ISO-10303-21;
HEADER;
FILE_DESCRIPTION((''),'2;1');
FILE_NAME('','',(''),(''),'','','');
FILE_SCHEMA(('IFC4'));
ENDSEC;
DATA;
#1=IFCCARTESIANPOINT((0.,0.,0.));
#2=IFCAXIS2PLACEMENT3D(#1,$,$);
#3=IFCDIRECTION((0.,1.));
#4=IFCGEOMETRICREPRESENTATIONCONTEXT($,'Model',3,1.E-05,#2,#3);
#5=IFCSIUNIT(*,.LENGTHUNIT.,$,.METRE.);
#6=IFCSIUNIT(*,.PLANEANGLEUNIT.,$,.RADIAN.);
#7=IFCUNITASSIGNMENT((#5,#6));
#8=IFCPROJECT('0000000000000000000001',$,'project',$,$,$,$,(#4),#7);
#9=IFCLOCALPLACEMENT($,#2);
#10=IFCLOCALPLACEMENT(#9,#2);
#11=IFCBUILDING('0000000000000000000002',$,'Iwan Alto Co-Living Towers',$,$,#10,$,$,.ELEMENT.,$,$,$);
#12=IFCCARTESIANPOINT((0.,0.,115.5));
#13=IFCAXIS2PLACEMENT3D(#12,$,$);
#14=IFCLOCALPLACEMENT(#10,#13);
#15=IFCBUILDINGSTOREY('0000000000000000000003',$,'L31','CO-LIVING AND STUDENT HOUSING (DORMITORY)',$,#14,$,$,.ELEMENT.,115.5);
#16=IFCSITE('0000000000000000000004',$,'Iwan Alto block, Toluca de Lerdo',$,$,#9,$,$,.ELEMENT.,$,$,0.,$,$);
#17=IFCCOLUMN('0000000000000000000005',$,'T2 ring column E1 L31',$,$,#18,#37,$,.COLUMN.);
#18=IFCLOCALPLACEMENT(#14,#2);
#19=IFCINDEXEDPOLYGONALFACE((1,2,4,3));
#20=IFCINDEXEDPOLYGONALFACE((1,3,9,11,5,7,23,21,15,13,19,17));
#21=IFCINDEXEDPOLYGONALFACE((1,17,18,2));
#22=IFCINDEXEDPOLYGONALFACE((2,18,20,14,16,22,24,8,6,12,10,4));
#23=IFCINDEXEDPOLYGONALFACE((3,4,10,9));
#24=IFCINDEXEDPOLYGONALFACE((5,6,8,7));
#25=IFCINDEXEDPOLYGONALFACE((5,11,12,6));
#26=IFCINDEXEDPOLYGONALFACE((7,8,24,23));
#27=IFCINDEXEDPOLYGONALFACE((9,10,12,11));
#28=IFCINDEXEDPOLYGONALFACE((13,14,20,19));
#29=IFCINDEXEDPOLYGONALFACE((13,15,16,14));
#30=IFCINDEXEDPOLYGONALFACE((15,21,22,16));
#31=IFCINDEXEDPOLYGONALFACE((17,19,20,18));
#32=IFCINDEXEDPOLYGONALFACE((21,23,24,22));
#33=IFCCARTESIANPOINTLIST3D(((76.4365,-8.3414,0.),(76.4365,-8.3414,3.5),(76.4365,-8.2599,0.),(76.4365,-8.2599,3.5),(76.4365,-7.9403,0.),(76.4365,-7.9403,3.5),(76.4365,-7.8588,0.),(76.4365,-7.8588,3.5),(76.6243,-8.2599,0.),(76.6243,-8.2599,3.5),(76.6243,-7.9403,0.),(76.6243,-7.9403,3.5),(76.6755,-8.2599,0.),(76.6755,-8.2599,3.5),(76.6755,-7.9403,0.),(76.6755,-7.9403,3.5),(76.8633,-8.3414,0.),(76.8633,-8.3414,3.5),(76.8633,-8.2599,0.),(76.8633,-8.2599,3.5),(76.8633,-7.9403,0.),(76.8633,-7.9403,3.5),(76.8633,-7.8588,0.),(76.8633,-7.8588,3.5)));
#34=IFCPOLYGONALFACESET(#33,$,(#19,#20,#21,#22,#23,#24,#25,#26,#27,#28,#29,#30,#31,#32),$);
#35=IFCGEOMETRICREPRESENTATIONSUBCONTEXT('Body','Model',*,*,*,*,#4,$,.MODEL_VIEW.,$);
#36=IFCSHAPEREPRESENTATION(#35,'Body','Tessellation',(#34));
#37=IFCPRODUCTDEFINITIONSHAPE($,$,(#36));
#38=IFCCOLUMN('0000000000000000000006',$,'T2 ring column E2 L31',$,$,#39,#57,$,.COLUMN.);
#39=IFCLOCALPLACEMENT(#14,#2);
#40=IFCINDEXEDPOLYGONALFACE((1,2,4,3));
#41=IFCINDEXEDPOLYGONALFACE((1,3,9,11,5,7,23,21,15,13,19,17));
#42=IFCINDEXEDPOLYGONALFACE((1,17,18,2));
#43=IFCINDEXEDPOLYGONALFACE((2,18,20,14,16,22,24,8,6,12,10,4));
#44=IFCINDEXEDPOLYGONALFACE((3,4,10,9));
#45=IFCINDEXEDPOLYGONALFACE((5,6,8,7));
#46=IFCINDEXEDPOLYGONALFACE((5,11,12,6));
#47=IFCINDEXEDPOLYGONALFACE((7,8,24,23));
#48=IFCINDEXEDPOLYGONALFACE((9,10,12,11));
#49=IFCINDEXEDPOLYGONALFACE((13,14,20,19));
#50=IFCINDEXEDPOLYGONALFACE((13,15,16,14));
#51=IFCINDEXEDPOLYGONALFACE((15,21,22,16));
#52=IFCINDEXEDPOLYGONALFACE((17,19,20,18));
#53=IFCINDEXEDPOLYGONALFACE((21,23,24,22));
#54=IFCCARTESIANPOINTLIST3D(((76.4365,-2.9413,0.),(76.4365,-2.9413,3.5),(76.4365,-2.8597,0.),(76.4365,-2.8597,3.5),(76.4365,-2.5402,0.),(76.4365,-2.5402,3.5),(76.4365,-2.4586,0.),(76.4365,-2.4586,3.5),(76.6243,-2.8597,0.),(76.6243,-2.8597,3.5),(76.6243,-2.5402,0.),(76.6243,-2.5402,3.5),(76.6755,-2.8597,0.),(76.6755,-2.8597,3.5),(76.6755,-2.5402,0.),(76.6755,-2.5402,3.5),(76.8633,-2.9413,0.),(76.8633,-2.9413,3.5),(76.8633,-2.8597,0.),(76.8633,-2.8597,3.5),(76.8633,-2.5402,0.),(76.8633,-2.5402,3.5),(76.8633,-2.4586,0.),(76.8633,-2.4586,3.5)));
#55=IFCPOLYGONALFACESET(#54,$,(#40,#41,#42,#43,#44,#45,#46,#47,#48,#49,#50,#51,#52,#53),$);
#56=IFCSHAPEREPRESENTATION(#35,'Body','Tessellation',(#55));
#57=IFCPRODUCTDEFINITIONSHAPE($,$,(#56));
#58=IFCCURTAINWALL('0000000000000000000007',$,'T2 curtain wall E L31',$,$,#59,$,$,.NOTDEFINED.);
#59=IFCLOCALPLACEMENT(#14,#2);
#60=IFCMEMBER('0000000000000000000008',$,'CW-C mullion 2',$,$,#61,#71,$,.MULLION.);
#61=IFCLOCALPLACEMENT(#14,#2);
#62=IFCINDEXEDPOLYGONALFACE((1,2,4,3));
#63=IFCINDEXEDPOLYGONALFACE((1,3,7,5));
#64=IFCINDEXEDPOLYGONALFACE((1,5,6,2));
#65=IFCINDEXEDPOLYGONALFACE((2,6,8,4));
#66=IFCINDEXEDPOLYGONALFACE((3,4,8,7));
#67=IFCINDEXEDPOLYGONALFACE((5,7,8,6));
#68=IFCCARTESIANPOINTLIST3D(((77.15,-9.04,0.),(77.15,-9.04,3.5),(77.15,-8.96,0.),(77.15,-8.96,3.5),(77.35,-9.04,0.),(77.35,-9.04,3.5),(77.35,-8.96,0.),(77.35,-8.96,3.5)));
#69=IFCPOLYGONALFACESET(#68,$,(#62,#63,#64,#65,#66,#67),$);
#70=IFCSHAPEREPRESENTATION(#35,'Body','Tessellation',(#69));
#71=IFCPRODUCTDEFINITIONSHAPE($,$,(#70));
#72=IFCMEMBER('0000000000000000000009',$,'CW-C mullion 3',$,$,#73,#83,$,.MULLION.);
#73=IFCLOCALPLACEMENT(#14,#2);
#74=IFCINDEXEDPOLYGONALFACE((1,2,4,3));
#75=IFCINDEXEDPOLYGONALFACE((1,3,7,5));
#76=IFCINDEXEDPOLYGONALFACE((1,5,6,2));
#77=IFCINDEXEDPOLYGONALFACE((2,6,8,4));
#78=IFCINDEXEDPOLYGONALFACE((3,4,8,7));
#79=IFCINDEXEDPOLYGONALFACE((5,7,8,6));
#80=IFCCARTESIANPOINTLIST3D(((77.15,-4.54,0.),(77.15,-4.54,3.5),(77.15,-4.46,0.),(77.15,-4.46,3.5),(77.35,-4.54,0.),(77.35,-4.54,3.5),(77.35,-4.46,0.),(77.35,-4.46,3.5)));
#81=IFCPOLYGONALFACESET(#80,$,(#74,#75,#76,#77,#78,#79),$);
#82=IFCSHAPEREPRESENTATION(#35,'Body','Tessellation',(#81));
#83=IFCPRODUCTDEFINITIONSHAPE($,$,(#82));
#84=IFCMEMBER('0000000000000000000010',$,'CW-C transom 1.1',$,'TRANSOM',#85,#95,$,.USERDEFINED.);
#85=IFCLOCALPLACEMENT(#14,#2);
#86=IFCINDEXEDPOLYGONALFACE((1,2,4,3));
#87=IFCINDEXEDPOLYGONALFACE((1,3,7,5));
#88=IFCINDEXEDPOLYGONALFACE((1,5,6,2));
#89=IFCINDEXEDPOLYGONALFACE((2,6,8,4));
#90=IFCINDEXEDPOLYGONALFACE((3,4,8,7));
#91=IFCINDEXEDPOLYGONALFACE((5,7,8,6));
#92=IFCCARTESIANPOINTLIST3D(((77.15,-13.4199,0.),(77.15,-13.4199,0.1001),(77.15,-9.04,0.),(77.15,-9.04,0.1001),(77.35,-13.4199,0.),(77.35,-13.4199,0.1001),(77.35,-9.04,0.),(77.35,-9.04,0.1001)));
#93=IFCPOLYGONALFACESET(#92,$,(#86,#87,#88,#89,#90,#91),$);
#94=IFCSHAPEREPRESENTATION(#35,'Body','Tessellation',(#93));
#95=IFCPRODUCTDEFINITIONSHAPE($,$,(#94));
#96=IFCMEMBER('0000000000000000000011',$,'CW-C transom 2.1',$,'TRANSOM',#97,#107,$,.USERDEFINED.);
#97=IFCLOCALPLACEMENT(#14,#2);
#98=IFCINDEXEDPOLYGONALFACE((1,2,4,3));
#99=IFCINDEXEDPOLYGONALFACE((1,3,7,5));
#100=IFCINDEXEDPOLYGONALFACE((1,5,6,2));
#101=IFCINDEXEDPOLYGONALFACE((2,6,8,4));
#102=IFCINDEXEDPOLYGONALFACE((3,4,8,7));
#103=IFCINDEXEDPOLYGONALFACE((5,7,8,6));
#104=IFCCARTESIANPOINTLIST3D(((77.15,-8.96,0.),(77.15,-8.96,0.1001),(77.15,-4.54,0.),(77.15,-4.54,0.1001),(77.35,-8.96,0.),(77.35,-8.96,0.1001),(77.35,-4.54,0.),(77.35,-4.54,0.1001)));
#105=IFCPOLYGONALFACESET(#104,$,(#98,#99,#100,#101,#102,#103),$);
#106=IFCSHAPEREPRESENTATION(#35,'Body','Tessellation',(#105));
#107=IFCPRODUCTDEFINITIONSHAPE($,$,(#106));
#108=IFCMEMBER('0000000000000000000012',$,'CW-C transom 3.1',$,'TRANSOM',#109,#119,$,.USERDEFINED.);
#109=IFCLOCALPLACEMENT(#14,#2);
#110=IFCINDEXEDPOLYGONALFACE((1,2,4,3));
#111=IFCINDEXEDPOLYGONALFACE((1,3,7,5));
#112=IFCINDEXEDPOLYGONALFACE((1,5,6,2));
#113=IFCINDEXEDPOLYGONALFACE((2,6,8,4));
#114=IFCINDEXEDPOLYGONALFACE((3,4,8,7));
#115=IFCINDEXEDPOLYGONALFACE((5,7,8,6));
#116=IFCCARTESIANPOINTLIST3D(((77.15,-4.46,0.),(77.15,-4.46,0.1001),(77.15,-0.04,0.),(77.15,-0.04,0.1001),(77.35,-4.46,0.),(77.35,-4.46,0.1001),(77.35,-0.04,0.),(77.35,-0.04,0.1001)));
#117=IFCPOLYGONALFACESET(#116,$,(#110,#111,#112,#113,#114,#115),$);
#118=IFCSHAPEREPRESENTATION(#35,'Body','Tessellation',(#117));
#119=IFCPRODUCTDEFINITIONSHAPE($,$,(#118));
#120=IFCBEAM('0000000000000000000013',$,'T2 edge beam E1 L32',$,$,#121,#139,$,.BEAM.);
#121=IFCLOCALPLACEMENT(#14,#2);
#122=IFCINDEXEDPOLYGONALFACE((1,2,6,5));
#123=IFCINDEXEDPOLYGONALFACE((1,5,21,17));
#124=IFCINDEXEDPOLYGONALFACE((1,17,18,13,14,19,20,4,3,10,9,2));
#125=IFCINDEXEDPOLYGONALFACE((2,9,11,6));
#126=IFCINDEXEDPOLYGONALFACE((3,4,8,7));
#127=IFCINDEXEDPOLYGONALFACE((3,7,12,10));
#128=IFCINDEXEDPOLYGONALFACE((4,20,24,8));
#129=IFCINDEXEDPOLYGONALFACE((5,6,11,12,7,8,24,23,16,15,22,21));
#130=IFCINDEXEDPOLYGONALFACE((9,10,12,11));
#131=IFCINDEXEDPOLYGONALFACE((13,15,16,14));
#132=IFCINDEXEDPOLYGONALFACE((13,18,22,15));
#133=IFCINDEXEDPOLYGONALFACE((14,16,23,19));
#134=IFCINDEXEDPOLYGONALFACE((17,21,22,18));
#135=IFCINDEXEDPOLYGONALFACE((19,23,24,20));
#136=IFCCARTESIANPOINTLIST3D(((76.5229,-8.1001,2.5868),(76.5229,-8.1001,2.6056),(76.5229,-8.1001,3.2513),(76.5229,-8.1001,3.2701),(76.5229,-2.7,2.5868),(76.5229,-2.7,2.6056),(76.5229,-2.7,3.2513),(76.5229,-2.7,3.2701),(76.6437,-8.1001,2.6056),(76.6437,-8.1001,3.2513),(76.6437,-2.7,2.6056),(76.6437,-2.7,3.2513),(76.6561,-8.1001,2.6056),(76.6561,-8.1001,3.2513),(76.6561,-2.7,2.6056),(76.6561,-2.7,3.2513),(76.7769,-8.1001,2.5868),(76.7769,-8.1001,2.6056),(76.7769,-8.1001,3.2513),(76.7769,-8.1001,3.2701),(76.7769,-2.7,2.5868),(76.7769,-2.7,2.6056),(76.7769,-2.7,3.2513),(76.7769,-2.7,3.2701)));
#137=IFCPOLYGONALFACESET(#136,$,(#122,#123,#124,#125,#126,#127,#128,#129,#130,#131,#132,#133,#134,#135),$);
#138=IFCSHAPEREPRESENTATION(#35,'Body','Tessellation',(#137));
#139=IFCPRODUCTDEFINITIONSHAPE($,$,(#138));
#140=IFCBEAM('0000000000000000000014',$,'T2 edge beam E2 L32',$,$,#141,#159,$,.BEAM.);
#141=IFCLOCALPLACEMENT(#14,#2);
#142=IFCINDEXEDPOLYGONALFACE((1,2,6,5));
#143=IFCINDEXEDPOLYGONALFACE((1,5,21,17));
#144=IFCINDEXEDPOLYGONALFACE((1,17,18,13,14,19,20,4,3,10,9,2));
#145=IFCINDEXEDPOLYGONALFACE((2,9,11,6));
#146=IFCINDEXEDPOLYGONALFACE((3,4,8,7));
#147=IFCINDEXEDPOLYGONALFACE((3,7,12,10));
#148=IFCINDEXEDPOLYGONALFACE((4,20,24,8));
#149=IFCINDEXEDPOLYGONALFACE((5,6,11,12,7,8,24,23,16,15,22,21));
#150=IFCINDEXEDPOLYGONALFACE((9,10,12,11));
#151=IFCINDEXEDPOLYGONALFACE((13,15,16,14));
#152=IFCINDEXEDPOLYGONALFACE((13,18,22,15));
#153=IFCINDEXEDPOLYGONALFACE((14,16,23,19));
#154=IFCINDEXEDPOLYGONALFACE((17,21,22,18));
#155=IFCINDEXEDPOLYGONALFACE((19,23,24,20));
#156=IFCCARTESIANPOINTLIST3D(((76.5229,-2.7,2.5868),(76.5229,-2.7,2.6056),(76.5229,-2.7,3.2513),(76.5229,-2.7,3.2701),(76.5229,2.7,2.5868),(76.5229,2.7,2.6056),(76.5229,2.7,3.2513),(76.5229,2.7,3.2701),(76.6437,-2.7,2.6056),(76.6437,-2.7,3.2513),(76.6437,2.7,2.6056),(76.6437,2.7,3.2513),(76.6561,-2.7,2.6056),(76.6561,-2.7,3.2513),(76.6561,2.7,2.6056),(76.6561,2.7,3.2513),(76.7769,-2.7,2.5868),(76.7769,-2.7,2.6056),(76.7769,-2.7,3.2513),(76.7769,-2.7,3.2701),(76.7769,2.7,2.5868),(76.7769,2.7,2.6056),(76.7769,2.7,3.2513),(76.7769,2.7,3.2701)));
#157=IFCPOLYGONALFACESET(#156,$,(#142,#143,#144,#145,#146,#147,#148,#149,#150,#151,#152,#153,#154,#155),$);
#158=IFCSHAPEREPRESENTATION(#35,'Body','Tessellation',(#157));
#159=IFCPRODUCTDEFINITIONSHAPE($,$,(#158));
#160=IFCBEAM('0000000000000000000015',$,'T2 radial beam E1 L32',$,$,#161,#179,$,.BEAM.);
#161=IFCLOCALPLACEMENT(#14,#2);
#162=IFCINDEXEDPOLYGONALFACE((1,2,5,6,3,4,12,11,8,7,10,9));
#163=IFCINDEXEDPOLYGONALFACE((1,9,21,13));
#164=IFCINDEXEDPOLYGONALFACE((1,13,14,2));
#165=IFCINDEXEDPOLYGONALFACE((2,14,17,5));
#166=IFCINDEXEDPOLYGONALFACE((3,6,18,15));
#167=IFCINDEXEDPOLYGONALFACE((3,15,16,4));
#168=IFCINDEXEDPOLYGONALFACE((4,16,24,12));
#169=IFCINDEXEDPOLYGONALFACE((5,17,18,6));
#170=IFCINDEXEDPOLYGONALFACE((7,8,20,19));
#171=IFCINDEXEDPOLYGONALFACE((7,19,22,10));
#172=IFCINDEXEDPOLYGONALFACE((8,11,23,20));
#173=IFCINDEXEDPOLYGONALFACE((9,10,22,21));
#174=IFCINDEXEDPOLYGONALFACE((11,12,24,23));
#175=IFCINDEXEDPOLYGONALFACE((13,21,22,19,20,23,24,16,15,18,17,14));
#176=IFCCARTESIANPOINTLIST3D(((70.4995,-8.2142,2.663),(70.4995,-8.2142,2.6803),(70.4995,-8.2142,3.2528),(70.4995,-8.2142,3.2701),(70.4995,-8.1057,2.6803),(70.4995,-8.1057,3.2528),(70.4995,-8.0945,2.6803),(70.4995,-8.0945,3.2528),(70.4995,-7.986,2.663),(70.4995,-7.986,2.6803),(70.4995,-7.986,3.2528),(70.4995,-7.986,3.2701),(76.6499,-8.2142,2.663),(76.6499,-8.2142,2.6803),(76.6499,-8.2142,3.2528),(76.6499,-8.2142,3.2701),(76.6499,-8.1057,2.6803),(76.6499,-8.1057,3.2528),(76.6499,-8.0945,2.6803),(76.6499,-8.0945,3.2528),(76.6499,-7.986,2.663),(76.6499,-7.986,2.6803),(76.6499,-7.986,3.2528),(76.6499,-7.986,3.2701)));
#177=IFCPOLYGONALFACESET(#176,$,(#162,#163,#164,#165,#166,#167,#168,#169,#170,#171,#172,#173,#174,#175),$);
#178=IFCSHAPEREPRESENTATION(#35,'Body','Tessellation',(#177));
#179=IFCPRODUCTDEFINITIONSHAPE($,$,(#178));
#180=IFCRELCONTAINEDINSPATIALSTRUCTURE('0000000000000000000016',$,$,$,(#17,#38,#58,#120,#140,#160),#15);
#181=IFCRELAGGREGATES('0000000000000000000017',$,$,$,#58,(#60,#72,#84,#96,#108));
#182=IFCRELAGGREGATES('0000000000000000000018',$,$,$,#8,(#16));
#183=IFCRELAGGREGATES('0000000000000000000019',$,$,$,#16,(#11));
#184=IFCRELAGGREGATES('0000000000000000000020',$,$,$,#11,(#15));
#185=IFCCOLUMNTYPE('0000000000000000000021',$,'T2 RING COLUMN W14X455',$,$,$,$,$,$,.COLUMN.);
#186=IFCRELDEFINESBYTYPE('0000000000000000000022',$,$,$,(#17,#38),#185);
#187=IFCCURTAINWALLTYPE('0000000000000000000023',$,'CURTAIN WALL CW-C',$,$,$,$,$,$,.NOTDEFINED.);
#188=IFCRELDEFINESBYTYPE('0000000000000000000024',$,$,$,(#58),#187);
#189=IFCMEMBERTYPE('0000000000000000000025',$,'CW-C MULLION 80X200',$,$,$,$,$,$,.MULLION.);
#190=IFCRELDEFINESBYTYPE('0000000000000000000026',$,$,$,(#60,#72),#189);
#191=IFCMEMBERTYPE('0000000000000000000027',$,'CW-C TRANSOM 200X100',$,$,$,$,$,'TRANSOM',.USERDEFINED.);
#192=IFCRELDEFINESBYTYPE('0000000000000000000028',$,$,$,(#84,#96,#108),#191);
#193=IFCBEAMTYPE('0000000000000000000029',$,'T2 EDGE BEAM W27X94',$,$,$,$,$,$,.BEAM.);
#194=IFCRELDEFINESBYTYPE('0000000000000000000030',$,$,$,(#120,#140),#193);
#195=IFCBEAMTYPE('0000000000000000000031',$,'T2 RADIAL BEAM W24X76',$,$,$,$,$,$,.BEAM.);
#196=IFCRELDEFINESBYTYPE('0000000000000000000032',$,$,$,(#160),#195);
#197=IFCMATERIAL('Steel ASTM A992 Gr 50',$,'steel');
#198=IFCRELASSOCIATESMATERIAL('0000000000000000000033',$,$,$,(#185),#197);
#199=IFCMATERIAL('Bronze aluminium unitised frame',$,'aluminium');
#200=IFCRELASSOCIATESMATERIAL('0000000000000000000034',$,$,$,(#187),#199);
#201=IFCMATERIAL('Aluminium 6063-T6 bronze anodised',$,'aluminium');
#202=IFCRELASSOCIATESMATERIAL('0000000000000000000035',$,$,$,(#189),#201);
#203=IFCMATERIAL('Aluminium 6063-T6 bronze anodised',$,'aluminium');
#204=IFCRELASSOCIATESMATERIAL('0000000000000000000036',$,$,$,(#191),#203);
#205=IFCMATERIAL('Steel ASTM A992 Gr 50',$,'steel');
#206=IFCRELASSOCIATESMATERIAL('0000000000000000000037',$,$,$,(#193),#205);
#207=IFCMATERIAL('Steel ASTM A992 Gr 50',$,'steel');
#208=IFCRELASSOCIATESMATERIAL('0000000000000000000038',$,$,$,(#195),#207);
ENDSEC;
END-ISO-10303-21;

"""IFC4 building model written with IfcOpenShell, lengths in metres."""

from ifc_helpers import new_model, si_unit, direction, frame, origin, origin_2d, place, context, subcontext, project, spatial, rectangle, i_section, extrude, material, material_profile, profile_set, type_object, element, aggregate, save


model = new_model("IFC4")

# Units and contexts
model_context = context("Model", 3, precision=1e-05, world=origin(), true_north=direction((0.0, 1.0)))
body_context = subcontext(model_context, "Body", "Model", "MODEL_VIEW")
ifc_project = project(units=[si_unit("LENGTHUNIT", "METRE"), si_unit("PLANEANGLEUNIT", "RADIAN")], contexts=[model_context])

# Site, building, storey
site_placement = place(None, origin())
site = spatial("IfcSite", under=ifc_project, at=site_placement, Name="Iwan Alto block, Toluca de Lerdo", CompositionType="ELEMENT", RefElevation=0.0)
building_placement = place(site_placement, origin())
building = spatial("IfcBuilding", under=site, at=building_placement, Name="Iwan Alto Co-Living Towers", CompositionType="ELEMENT")
storey_placement = place(building_placement, frame((0.0, 0.0, 115.5)))
storey = spatial("IfcBuildingStorey", under=building, at=storey_placement, Name="L31", Description="CO-LIVING AND STUDENT HOUSING (DORMITORY)", CompositionType="ELEMENT", Elevation=115.5)

# Columns
ifc_material_1 = material(Name="Steel ASTM A992 Gr 50", Category="steel")
ifc_material_profile_1 = material_profile(ifc_material_1, i_section(OverallWidth=0.4268, OverallDepth=0.4827, WebThickness=0.0513, FlangeThickness=0.0815, at=origin_2d()), Name="W14X455")
ifc_profile_set_1 = profile_set([ifc_material_profile_1], Name="Steel ASTM A992 Gr 50")
column_type = type_object("IfcColumnType", Name="T2 RING COLUMN W14X455", PredefinedType="COLUMN", material=ifc_profile_set_1)
for number, where, z_axis, x_axis, name in (
    (1, (76.6499, -8.1001, 0.0), (0.0, 0.0, 1.0), (1.0, 0.0, 0.0), "T2 ring column E1 L31"),
    (2, (76.6499, -2.7, 0.0), (0.0, 0.0, 1.0), (1.0, 0.0, 0.0), "T2 ring column E2 L31"),
):
    element("IfcColumn", number, at=place(storey_placement, frame(where, z_axis=z_axis, x_axis=x_axis)), inside=storey, type_object=column_type, Name=name, PredefinedType="COLUMN", context=body_context, shape_type="SweptSolid", body=[
        extrude(i_section(OverallWidth=0.4268, OverallDepth=0.4827, WebThickness=0.0513, FlangeThickness=0.0815, at=origin_2d()), origin(), (0.0, 0.0, 1.0), 3.5),
    ])

# Curtain wall, members
ifc_material_2 = material(Name="Bronze aluminium unitised frame", Category="aluminium")
curtain_wall_type = type_object("IfcCurtainWallType", Name="CURTAIN WALL CW-C", PredefinedType="NOTDEFINED", material=ifc_material_2)
curtain_wall_placement = place(storey_placement, origin())
curtain_wall = element("IfcCurtainWall", 3, at=curtain_wall_placement, inside=storey, type_object=curtain_wall_type, Name="T2 curtain wall E L31", PredefinedType="NOTDEFINED")
ifc_material_3 = material(Name="Aluminium 6063-T6 bronze anodised", Category="aluminium")
ifc_material_profile_2 = material_profile(ifc_material_3, rectangle(XDim=0.2, YDim=0.0801, at=origin_2d()), Name="AL 80X200")
ifc_profile_set_2 = profile_set([ifc_material_profile_2], Name="Aluminium 6063-T6 bronze anodised")
member_type_1 = type_object("IfcMemberType", Name="CW-C MULLION 80X200", PredefinedType="MULLION", material=ifc_profile_set_2)
member_1_placement = place(storey_placement, frame((77.25, -9.0, 0.0), z_axis=(0.0, 0.0, 1.0), x_axis=(-1.0, 0.0, 0.0)))
member_1 = element("IfcMember", 4, at=member_1_placement, type_object=member_type_1, Name="CW-C mullion 2", PredefinedType="MULLION", context=body_context, shape_type="SweptSolid", body=[
    extrude(rectangle(XDim=0.2, YDim=0.0801, at=origin_2d()), origin(), (0.0, 0.0, 1.0), 3.5),
])
member_2_placement = place(storey_placement, frame((77.25, -4.5, 0.0), z_axis=(0.0, 0.0, 1.0), x_axis=(-1.0, 0.0, 0.0)))
member_2 = element("IfcMember", 5, at=member_2_placement, type_object=member_type_1, Name="CW-C mullion 3", PredefinedType="MULLION", context=body_context, shape_type="SweptSolid", body=[
    extrude(rectangle(XDim=0.2, YDim=0.0801, at=origin_2d()), origin(), (0.0, 0.0, 1.0), 3.5),
])
ifc_material_4 = material(Name="Aluminium 6063-T6 bronze anodised", Category="aluminium")
ifc_material_profile_3 = material_profile(ifc_material_4, rectangle(XDim=0.2, YDim=0.1001, at=origin_2d()), Name="AL 200X100")
ifc_profile_set_3 = profile_set([ifc_material_profile_3], Name="Aluminium 6063-T6 bronze anodised")
member_type_2 = type_object("IfcMemberType", Name="CW-C TRANSOM 200X100", ElementType="TRANSOM", PredefinedType="USERDEFINED", material=ifc_profile_set_3)
member_3_placement = place(storey_placement, frame((77.25, -13.4199, 0.05), z_axis=(0.0, 1.0, 0.0), x_axis=(-1.0, 0.0, 0.0)))
member_3 = element("IfcMember", 6, at=member_3_placement, type_object=member_type_2, Name="CW-C transom 1.1", ObjectType="TRANSOM", PredefinedType="USERDEFINED", context=body_context, shape_type="SweptSolid", body=[
    extrude(rectangle(XDim=0.2, YDim=0.1001, at=origin_2d()), origin(), (0.0, 0.0, 1.0), 4.3799),
])
member_4_placement = place(storey_placement, frame((77.25, -8.96, 0.05), z_axis=(0.0, 1.0, 0.0), x_axis=(-1.0, 0.0, 0.0)))
member_4 = element("IfcMember", 7, at=member_4_placement, type_object=member_type_2, Name="CW-C transom 2.1", ObjectType="TRANSOM", PredefinedType="USERDEFINED", context=body_context, shape_type="SweptSolid", body=[
    extrude(rectangle(XDim=0.2, YDim=0.1001, at=origin_2d()), origin(), (0.0, 0.0, 1.0), 4.4199),
])
member_5_placement = place(storey_placement, frame((77.25, -4.46, 0.05), z_axis=(0.0, 1.0, 0.0), x_axis=(-1.0, 0.0, 0.0)))
member_5 = element("IfcMember", 8, at=member_5_placement, type_object=member_type_2, Name="CW-C transom 3.1", ObjectType="TRANSOM", PredefinedType="USERDEFINED", context=body_context, shape_type="SweptSolid", body=[
    extrude(rectangle(XDim=0.2, YDim=0.1001, at=origin_2d()), origin(), (0.0, 0.0, 1.0), 4.4199),
])

# Beams
ifc_material_5 = material(Name="Steel ASTM A992 Gr 50", Category="steel")
ifc_material_profile_4 = material_profile(ifc_material_5, i_section(OverallWidth=0.2539, OverallDepth=0.6833, WebThickness=0.0125, FlangeThickness=0.0188, at=origin_2d()), Name="W27X94")
ifc_profile_set_4 = profile_set([ifc_material_profile_4], Name="Steel ASTM A992 Gr 50")
beam_type_1 = type_object("IfcBeamType", Name="T2 EDGE BEAM W27X94", PredefinedType="BEAM", material=ifc_profile_set_4)
beam_1_placement = place(storey_placement, frame((76.6499, -8.1001, 2.9285), z_axis=(0.0, 1.0, 0.0), x_axis=(-1.0, 0.0, 0.0)))
element("IfcBeam", 9, at=beam_1_placement, inside=storey, type_object=beam_type_1, Name="T2 edge beam E1 L32", PredefinedType="BEAM", context=body_context, shape_type="SweptSolid", body=[
    extrude(i_section(OverallWidth=0.2539, OverallDepth=0.6833, WebThickness=0.0125, FlangeThickness=0.0188, at=origin_2d()), origin(), (0.0, 0.0, 1.0), 5.4001),
])
beam_2_placement = place(storey_placement, frame((76.6499, -2.7, 2.9285), z_axis=(0.0, 1.0, 0.0), x_axis=(-1.0, 0.0, 0.0)))
element("IfcBeam", 10, at=beam_2_placement, inside=storey, type_object=beam_type_1, Name="T2 edge beam E2 L32", PredefinedType="BEAM", context=body_context, shape_type="SweptSolid", body=[
    extrude(i_section(OverallWidth=0.2539, OverallDepth=0.6833, WebThickness=0.0125, FlangeThickness=0.0188, at=origin_2d()), origin(), (0.0, 0.0, 1.0), 5.3999),
])
ifc_material_6 = material(Name="Steel ASTM A992 Gr 50", Category="steel")
ifc_material_profile_5 = material_profile(ifc_material_6, i_section(OverallWidth=0.2283, OverallDepth=0.6072, WebThickness=0.0112, FlangeThickness=0.0173, at=origin_2d()), Name="W24X76")
ifc_profile_set_5 = profile_set([ifc_material_profile_5], Name="Steel ASTM A992 Gr 50")
beam_type_2 = type_object("IfcBeamType", Name="T2 RADIAL BEAM W24X76", PredefinedType="BEAM", material=ifc_profile_set_5)
for number, where, z_axis, x_axis, name in (
    (11, (76.6499, -8.1001, 2.9666), (-1.0, 0.0, 0.0), (0.0, -1.0, 0.0), "T2 radial beam E1 L32"),
):
    element("IfcBeam", number, at=place(storey_placement, frame(where, z_axis=z_axis, x_axis=x_axis)), inside=storey, type_object=beam_type_2, Name=name, PredefinedType="BEAM", context=body_context, shape_type="SweptSolid", body=[
        extrude(i_section(OverallWidth=0.2283, OverallDepth=0.6072, WebThickness=0.0112, FlangeThickness=0.0173, at=origin_2d()), origin(), (0.0, 0.0, 1.0), 6.1504),
    ])

aggregate(curtain_wall, [member_1, member_2, member_3, member_4, member_5])

save(model, "model.ifc")
